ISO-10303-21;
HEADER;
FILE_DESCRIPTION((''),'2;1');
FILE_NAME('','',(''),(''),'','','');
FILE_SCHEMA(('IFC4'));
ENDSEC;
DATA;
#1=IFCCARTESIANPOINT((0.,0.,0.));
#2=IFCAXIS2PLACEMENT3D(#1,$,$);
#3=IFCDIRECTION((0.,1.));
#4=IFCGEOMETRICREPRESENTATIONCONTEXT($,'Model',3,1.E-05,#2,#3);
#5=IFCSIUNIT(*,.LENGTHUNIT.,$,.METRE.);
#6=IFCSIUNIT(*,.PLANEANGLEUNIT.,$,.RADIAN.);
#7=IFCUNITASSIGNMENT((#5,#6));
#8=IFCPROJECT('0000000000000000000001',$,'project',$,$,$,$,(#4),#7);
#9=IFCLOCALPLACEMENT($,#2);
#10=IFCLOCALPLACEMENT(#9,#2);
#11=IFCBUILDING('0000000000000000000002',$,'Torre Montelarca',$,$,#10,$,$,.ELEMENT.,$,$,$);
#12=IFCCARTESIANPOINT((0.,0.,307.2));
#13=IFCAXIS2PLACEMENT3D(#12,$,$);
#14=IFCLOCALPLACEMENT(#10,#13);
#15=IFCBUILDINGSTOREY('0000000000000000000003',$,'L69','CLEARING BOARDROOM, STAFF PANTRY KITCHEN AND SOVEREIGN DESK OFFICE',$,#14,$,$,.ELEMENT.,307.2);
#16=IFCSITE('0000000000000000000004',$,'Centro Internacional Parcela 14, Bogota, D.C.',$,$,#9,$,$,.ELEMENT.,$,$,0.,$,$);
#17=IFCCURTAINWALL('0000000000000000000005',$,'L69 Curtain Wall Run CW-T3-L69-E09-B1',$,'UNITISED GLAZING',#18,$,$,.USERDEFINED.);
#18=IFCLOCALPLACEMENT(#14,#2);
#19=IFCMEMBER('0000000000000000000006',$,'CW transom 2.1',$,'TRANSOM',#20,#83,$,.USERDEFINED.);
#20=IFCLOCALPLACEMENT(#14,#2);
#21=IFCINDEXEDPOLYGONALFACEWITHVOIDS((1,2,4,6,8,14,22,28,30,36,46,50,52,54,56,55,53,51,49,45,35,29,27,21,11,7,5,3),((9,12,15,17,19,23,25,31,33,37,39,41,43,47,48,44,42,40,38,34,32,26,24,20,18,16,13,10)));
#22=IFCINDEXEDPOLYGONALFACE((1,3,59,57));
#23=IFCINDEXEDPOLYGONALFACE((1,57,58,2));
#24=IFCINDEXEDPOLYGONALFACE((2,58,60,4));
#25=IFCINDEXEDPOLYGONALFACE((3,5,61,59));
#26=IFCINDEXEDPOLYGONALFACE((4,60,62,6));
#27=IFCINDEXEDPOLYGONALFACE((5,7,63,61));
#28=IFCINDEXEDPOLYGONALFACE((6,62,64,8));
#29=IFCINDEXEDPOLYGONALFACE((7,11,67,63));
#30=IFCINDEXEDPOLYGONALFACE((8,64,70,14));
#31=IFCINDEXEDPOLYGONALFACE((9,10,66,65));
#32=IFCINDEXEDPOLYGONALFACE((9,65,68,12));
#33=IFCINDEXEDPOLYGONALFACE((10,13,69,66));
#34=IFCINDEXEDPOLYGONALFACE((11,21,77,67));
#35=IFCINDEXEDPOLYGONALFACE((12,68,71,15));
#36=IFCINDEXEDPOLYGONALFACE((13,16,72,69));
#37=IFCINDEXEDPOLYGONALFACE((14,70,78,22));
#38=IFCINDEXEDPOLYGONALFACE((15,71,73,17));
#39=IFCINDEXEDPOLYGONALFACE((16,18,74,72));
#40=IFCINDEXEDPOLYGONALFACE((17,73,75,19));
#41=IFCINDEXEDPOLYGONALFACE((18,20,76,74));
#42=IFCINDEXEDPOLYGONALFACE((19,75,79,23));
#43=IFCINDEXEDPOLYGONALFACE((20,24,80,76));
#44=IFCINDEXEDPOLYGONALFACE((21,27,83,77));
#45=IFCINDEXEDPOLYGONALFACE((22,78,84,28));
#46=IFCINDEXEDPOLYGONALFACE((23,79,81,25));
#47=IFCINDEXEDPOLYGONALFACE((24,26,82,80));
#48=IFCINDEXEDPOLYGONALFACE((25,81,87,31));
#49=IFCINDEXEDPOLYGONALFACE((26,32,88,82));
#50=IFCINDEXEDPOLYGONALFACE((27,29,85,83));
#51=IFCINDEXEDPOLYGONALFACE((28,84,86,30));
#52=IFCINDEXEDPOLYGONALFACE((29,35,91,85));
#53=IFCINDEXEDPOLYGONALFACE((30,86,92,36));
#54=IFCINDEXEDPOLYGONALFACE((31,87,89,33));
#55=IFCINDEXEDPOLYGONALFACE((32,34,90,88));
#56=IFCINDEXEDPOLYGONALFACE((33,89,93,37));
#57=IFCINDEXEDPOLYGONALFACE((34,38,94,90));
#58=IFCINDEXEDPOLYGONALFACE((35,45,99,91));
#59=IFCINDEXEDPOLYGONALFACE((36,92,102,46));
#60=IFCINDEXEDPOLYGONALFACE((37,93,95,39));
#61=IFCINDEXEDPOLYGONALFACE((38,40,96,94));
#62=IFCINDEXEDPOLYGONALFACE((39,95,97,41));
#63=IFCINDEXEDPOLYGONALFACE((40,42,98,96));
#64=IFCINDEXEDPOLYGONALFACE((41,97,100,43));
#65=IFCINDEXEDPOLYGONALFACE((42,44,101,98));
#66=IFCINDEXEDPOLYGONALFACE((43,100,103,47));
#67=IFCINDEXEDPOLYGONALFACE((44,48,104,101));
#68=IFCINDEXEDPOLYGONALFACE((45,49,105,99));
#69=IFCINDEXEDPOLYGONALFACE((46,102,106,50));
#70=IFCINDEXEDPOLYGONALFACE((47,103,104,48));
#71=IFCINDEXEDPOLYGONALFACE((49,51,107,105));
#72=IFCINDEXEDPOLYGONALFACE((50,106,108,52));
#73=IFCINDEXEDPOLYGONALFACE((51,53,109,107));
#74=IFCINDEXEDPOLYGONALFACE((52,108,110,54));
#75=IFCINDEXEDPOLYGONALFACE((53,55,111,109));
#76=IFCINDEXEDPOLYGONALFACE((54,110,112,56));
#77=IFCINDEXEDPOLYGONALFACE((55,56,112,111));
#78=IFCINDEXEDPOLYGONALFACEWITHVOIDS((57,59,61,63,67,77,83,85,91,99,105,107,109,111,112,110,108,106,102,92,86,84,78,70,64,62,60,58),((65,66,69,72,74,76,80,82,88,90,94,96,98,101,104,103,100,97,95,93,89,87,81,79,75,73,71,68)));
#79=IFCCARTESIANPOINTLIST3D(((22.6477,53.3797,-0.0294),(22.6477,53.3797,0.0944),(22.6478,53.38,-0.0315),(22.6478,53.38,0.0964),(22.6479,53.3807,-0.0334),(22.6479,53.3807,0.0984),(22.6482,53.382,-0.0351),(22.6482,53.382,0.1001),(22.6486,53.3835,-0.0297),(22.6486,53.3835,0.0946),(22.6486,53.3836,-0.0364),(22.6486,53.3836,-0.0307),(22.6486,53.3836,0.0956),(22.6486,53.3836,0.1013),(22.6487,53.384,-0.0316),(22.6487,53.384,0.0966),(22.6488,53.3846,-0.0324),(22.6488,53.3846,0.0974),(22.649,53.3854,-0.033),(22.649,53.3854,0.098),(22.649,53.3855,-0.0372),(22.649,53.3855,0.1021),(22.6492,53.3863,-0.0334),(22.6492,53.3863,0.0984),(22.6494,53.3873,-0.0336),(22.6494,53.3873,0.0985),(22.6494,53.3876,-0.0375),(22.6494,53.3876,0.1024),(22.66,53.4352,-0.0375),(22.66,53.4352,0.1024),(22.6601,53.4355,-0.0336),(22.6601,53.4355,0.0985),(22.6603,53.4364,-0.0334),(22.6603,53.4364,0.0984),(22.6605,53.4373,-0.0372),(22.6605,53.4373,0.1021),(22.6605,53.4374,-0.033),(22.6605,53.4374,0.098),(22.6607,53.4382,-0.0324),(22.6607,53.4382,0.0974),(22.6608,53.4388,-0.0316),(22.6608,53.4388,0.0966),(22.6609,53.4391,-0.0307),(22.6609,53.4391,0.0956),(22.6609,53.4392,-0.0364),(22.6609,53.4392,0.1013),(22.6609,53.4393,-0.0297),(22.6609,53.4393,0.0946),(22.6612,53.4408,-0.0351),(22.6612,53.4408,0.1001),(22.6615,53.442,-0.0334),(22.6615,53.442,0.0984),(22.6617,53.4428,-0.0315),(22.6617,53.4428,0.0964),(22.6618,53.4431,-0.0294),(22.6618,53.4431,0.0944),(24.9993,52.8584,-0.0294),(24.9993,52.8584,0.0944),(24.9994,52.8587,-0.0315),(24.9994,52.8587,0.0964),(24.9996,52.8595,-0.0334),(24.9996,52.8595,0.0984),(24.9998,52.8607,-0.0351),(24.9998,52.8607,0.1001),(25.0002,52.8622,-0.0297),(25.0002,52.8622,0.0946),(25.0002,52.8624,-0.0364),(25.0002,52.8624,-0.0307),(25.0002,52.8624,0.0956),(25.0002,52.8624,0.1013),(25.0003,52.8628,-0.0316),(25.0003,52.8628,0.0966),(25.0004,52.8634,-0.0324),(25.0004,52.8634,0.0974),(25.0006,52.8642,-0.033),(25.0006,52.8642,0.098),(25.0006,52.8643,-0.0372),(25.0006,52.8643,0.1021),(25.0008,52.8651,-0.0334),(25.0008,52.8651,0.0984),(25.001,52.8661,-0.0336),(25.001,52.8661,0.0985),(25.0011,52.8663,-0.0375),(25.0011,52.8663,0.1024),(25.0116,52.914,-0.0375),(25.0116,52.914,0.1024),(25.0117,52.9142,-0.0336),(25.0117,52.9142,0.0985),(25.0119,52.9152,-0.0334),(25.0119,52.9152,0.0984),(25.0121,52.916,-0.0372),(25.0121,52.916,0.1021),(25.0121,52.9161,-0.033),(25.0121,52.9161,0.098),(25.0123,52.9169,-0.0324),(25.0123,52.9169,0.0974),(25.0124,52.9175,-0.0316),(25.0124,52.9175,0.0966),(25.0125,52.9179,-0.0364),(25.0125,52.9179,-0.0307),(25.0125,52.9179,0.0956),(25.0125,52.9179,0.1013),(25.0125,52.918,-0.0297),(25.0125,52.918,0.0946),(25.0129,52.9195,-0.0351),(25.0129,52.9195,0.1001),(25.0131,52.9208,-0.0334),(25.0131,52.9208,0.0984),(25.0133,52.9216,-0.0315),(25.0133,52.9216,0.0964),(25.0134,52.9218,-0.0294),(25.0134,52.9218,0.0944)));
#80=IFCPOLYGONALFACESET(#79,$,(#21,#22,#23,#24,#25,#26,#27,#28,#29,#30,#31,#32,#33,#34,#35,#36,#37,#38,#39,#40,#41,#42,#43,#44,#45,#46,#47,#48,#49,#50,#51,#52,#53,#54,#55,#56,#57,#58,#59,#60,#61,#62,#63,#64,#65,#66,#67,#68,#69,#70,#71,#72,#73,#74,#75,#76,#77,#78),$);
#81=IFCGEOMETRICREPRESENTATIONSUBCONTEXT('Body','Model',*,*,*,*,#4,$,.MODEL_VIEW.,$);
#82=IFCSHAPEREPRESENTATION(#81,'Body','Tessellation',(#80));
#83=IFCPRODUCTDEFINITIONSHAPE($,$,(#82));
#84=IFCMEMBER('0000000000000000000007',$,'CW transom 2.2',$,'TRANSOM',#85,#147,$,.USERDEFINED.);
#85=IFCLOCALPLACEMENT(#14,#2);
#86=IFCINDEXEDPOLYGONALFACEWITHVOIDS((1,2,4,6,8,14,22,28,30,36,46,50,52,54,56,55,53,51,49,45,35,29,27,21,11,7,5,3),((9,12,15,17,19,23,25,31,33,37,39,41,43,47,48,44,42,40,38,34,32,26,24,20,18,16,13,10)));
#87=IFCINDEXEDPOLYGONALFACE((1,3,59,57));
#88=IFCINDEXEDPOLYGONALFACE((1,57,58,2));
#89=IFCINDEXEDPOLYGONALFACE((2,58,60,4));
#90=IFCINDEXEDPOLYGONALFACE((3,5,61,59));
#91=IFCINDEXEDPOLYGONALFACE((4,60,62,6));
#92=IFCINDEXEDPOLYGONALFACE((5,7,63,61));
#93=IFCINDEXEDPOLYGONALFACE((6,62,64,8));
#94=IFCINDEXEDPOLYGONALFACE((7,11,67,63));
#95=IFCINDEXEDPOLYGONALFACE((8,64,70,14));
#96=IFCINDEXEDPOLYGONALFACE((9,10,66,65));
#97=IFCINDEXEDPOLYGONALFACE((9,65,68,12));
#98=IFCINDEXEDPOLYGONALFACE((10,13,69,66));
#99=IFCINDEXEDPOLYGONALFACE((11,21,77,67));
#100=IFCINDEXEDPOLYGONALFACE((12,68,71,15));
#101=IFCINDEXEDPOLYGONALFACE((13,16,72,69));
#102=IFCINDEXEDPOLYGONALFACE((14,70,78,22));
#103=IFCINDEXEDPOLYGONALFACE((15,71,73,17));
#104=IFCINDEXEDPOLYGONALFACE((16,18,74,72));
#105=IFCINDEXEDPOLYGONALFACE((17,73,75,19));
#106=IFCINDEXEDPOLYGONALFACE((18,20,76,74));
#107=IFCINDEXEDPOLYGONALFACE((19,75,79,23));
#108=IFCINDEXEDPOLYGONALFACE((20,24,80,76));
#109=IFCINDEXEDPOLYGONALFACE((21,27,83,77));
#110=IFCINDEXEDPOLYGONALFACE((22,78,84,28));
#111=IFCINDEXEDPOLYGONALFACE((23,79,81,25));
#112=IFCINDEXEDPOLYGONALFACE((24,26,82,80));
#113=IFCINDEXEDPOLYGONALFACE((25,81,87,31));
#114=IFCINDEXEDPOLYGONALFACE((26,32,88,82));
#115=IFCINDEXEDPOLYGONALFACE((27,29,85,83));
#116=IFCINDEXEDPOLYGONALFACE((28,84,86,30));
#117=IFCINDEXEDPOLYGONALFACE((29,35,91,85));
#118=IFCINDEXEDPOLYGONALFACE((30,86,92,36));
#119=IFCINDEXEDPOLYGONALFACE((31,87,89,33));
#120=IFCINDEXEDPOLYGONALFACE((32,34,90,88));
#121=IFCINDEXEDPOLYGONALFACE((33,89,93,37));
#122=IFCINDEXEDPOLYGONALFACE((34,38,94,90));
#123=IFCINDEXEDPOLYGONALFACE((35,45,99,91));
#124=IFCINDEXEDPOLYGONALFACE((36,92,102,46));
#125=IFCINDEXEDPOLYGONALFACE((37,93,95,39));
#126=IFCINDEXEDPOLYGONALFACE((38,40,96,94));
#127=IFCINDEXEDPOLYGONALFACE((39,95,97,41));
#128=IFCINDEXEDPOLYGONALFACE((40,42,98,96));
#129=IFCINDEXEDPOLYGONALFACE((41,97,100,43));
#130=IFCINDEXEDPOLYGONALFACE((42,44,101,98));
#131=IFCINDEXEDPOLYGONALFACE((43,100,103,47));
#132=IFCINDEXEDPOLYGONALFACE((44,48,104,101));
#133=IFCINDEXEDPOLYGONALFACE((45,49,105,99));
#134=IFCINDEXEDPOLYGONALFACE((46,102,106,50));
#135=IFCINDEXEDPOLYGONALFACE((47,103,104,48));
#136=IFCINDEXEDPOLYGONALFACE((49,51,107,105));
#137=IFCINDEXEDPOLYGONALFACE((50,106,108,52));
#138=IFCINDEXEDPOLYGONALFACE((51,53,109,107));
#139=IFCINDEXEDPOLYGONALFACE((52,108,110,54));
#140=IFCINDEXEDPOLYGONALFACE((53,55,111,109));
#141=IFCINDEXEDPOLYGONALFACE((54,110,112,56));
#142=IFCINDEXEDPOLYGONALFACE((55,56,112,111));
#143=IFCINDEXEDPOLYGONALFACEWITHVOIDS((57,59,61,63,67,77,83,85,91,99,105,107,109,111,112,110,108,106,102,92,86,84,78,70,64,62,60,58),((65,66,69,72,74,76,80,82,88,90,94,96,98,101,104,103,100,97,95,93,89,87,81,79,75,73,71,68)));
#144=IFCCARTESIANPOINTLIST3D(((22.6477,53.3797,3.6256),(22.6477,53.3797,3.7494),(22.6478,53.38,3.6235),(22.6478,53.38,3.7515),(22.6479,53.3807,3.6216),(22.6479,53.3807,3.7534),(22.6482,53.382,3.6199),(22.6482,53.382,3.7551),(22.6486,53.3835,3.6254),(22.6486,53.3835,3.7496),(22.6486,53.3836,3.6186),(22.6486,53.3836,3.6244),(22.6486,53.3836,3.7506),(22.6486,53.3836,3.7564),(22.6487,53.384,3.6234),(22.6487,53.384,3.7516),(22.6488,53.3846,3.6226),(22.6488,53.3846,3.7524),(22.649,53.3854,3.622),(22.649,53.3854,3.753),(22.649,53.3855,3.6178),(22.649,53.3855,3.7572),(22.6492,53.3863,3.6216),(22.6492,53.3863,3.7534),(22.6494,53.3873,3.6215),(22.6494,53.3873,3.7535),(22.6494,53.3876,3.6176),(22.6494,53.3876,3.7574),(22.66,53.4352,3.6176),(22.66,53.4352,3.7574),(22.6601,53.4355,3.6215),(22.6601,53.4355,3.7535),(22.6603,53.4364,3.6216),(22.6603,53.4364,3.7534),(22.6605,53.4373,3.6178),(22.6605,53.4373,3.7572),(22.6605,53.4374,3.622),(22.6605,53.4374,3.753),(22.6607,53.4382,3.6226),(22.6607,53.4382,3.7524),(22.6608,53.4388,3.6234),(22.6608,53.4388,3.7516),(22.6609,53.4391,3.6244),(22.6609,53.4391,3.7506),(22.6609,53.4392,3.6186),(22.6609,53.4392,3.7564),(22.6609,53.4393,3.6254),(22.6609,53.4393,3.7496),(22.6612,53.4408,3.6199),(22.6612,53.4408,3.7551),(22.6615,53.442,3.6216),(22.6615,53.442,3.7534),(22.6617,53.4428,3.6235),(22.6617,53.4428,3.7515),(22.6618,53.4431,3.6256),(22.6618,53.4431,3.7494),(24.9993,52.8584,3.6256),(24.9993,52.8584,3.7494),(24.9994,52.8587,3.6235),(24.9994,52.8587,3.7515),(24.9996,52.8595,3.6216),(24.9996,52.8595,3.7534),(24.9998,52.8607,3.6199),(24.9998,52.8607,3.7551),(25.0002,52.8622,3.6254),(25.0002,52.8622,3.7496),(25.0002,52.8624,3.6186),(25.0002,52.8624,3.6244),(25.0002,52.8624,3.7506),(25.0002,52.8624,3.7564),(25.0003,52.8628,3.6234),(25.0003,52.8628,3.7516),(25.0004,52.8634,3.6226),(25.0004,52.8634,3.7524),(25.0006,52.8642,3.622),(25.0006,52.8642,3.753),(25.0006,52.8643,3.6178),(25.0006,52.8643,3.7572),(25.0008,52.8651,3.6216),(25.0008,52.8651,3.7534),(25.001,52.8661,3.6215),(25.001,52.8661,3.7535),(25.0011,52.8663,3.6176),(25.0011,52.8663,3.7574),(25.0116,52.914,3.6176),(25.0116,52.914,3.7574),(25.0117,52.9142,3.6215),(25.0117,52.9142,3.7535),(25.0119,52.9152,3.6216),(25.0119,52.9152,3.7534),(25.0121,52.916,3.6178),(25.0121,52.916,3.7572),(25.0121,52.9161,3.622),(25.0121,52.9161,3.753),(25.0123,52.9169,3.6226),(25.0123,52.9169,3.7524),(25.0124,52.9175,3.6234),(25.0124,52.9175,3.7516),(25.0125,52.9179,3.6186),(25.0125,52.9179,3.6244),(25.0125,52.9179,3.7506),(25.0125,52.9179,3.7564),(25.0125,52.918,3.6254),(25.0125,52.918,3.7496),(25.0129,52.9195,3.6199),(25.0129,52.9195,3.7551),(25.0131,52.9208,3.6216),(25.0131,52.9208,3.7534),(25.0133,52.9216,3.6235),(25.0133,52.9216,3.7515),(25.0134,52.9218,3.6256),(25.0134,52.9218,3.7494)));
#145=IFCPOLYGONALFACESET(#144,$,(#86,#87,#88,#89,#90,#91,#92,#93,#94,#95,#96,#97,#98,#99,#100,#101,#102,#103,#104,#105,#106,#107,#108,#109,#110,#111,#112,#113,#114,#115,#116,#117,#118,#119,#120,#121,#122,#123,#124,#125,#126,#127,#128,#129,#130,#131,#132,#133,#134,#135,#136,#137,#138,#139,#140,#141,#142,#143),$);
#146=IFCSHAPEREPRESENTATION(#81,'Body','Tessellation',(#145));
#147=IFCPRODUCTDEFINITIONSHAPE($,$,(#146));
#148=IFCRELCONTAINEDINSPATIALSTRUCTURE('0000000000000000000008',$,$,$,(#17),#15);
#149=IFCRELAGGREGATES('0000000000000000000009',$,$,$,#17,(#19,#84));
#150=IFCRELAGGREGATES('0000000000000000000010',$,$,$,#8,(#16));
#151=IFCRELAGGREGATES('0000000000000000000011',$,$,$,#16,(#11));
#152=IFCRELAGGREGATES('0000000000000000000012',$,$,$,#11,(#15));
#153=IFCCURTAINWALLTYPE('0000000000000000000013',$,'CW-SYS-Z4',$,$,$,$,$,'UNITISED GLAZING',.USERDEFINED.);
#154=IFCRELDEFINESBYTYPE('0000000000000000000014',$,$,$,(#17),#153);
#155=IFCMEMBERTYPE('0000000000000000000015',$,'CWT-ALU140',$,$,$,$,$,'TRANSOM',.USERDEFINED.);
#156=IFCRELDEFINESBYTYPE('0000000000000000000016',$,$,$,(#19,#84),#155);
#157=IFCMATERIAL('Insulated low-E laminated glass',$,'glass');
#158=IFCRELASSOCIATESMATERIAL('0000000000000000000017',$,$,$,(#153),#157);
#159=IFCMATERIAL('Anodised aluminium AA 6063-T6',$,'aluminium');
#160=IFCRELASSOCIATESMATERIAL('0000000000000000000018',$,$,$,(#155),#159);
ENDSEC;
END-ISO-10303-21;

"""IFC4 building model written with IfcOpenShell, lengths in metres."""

from ifc_helpers import new_model, si_unit, direction, frame, origin, origin_2d, place, context, subcontext, project, spatial, hollow_rectangle, extrude, source, transform, mapped, material, material_profile, profile_set, type_object, element, aggregate, save


model = new_model("IFC4")

# Units and contexts
model_context = context("Model", 3, precision=1e-05, world=origin(), true_north=direction((0.0, 1.0)))
body_context = subcontext(model_context, "Body", "Model", "MODEL_VIEW")
ifc_project = project(units=[si_unit("LENGTHUNIT", "METRE"), si_unit("PLANEANGLEUNIT", "RADIAN")], contexts=[model_context])

# Site, building, storey
site_placement = place(None, origin())
site = spatial("IfcSite", under=ifc_project, at=site_placement, Name="Centro Internacional Parcela 14, Bogota, D.C.", CompositionType="ELEMENT", RefElevation=0.0)
building_placement = place(site_placement, origin())
building = spatial("IfcBuilding", under=site, at=building_placement, Name="Torre Montelarca", CompositionType="ELEMENT")
storey_placement = place(building_placement, frame((0.0, 0.0, 307.2)))
storey = spatial("IfcBuildingStorey", under=building, at=storey_placement, Name="L69", Description="CLEARING BOARDROOM, STAFF PANTRY KITCHEN AND SOVEREIGN DESK OFFICE", CompositionType="ELEMENT", Elevation=307.2)

# Curtain wall
ifc_material_1 = material(Name="Insulated low-E laminated glass", Category="glass")
curtain_wall_type = type_object("IfcCurtainWallType", Name="CW-SYS-Z4", ElementType="UNITISED GLAZING", PredefinedType="USERDEFINED", material=ifc_material_1)
curtain_wall_1_placement = place(storey_placement, origin())
curtain_wall_1 = element("IfcCurtainWall", 1, at=curtain_wall_1_placement, inside=storey, type_object=curtain_wall_type, Name="L69 Curtain Wall Run CW-T3-L69-E09-B1", ObjectType="UNITISED GLAZING", PredefinedType="USERDEFINED")
ifc_material_2 = material(Name="Anodised aluminium AA 6063-T6", Category="aluminium")

# Members
ifc_material_profile_1 = material_profile(ifc_material_2, hollow_rectangle(XDim=0.0649, YDim=0.1399, WallThickness=0.0039, InnerFilletRadius=0.0039, OuterFilletRadius=0.0081, at=origin_2d()), Name="ALU65X140X4", Category="aluminium")
ifc_profile_set_1 = profile_set([ifc_material_profile_1], Name="Anodised aluminium AA 6063-T6")
member_type_1 = type_object("IfcMemberType", Name="CWT-ALU140", ElementType="TRANSOM", PredefinedType="USERDEFINED", material=ifc_profile_set_1)
shared_shape_1 = source(origin(), body_context, "Body", "SweptSolid", [
    extrude(hollow_rectangle(XDim=0.0649, YDim=0.1399, WallThickness=0.0039, InnerFilletRadius=0.0039, OuterFilletRadius=0.0081, at=origin_2d()), origin(), (0.0, 0.0, 1.0), 2.4087),
])
member_1_placement = place(storey_placement, frame((25.0063, 52.8901, 0.0325), z_axis=(-0.976304, 0.216405, 0.0), x_axis=(-0.216405, -0.976304, 0.0)))
member_1 = element("IfcMember", 2, at=member_1_placement, type_object=member_type_1, Name="CW transom 2.1", ObjectType="TRANSOM", PredefinedType="USERDEFINED", context=body_context, shape_type="MappedRepresentation", body=[
    mapped(shared_shape_1, transform((0.0, 0.0, 0.0), scale=1.0)),
])
member_2_placement = place(storey_placement, frame((25.0063, 52.8901, 3.6875), z_axis=(-0.976304, 0.216405, 0.0), x_axis=(-0.216405, -0.976304, 0.0)))
member_2 = element("IfcMember", 3, at=member_2_placement, type_object=member_type_1, Name="CW transom 2.2", ObjectType="TRANSOM", PredefinedType="USERDEFINED", context=body_context, shape_type="MappedRepresentation", body=[
    mapped(shared_shape_1, transform((0.0, 0.0, 0.0), scale=1.0)),
])

aggregate(curtain_wall_1, [member_1, member_2])

save(model, "model.ifc")
